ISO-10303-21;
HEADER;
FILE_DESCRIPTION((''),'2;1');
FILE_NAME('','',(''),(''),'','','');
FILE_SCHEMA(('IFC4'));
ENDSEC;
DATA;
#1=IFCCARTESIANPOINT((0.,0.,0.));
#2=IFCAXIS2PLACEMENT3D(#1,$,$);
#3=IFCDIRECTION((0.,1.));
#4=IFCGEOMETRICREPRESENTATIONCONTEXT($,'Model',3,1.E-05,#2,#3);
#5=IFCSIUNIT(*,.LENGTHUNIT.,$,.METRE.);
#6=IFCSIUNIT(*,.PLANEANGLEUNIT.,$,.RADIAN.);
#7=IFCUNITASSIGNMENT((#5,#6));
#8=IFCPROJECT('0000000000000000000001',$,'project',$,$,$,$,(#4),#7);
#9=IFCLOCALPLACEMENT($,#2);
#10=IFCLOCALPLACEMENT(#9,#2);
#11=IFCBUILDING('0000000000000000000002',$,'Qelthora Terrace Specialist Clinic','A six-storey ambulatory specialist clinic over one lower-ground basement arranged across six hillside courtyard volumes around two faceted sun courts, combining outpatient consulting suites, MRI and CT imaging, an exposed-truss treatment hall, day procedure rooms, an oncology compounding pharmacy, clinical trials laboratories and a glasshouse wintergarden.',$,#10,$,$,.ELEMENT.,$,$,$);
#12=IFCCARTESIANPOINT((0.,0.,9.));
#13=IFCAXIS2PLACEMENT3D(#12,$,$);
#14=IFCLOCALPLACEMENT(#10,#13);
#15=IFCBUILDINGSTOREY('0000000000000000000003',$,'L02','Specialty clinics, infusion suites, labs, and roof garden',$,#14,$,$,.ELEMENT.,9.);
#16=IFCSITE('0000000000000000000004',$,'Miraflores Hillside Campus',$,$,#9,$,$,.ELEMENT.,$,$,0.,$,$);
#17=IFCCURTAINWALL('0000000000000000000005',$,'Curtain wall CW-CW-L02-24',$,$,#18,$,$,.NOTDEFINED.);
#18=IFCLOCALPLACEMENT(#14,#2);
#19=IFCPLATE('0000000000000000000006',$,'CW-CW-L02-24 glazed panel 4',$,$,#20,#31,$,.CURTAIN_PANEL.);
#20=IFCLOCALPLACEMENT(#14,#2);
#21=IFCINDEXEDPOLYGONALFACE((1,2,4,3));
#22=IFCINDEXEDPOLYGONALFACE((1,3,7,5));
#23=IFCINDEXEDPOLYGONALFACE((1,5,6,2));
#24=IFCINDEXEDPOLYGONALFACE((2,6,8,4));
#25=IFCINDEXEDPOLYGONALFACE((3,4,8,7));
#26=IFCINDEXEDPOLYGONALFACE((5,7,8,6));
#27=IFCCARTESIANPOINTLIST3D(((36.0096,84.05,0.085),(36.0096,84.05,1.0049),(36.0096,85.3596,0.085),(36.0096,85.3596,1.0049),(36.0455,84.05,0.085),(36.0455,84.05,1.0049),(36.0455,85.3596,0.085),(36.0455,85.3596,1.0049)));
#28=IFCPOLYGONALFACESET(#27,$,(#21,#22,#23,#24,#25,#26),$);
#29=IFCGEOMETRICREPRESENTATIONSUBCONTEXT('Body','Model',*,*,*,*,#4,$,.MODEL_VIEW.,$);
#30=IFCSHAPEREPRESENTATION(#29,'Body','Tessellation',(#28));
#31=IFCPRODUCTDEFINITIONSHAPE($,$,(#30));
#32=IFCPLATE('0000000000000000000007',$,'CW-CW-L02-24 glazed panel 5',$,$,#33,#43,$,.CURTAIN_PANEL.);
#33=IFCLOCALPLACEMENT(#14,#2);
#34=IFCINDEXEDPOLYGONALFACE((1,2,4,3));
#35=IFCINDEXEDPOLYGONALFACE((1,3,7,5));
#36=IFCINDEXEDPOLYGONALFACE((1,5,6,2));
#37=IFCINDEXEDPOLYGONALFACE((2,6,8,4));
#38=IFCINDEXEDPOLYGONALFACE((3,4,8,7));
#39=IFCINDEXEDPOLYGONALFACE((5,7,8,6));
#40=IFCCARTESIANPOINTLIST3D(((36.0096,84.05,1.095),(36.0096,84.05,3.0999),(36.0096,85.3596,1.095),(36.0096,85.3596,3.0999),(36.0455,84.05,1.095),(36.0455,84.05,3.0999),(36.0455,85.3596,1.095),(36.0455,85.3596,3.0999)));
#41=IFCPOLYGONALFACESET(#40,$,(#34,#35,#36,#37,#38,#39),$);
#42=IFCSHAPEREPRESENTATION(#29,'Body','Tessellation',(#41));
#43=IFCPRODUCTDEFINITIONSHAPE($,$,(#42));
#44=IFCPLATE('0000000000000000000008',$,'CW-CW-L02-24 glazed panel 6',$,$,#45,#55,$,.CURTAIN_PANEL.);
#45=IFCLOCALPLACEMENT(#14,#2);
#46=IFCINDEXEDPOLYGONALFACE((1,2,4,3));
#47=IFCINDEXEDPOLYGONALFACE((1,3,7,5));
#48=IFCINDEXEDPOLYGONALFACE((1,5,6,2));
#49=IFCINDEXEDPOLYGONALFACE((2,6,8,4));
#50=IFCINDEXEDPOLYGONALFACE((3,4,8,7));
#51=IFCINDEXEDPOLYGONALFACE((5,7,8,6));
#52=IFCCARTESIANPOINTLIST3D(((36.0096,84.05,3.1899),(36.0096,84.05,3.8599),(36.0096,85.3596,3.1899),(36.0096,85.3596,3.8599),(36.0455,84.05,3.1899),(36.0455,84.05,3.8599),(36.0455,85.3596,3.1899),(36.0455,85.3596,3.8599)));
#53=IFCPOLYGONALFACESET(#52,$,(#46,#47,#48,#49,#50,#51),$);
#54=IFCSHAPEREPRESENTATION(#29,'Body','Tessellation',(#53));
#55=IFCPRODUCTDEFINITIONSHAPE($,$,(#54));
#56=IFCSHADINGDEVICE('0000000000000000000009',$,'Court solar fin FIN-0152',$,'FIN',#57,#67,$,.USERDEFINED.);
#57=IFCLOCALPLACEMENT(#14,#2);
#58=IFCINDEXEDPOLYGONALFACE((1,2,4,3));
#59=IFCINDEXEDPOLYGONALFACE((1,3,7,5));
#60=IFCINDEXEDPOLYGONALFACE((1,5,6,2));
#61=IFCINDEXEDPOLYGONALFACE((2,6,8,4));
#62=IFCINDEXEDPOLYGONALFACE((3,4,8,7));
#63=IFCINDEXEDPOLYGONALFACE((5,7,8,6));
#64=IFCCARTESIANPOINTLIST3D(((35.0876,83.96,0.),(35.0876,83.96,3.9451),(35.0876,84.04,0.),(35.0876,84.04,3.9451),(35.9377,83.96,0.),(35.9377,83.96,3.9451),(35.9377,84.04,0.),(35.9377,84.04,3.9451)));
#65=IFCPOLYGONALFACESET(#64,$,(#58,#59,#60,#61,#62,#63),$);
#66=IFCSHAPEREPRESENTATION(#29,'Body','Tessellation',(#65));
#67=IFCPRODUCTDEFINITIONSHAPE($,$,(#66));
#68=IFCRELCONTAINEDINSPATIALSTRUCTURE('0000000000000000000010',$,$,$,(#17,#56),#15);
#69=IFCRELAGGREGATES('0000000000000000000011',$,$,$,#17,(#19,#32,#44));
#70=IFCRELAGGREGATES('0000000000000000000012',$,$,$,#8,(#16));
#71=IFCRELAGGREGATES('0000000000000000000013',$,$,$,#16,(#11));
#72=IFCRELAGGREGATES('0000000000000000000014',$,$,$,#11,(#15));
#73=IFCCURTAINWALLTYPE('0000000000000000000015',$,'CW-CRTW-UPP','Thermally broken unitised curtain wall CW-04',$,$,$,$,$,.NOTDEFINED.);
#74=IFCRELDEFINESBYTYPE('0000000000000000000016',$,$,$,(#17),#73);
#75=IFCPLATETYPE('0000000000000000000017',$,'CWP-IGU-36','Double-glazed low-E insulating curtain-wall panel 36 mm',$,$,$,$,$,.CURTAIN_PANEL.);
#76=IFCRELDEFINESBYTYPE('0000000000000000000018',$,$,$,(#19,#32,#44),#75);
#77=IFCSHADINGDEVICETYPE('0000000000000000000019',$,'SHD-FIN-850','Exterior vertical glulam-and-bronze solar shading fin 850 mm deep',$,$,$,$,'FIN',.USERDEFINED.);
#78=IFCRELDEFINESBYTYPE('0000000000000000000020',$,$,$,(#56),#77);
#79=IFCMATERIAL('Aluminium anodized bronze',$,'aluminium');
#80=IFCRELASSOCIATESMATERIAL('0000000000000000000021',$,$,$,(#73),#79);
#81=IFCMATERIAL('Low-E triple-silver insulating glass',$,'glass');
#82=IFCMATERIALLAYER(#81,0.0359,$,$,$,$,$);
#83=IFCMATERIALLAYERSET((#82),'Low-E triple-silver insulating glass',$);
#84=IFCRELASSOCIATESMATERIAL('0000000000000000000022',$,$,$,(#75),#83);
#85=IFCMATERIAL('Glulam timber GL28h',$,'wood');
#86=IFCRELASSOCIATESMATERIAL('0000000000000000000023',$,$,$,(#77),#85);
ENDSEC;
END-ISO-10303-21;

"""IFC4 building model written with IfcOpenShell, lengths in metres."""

from ifc_helpers import new_model, si_unit, direction, frame, origin, origin_2d, place, context, subcontext, project, spatial, rectangle, extrude, material, layer, layer_set, type_object, element, aggregate, save


model = new_model("IFC4")

# Units and contexts
model_context = context("Model", 3, precision=1e-05, world=origin(), true_north=direction((0.0, 1.0)))
body_context = subcontext(model_context, "Body", "Model", "MODEL_VIEW")
ifc_project = project(units=[si_unit("LENGTHUNIT", "METRE"), si_unit("PLANEANGLEUNIT", "RADIAN")], contexts=[model_context])

# Site, building, storey
site_placement = place(None, origin())
site = spatial("IfcSite", under=ifc_project, at=site_placement, Name="Miraflores Hillside Campus", CompositionType="ELEMENT", RefElevation=0.0)
building_placement = place(site_placement, origin())
building = spatial("IfcBuilding", under=site, at=building_placement, Name="Qelthora Terrace Specialist Clinic", Description="A six-storey ambulatory specialist clinic over one lower-ground basement arranged across six hillside courtyard volumes around two faceted sun courts, combining outpatient consulting suites, MRI and CT imaging, an exposed-truss treatment hall, day procedure rooms, an oncology compounding pharmacy, clinical trials laboratories and a glasshouse wintergarden.", CompositionType="ELEMENT")
storey_placement = place(building_placement, frame((0.0, 0.0, 9.0)))
storey = spatial("IfcBuildingStorey", under=building, at=storey_placement, Name="L02", Description="Specialty clinics, infusion suites, labs, and roof garden", CompositionType="ELEMENT", Elevation=9.0)

# Shared definitions
ifc_material_1 = material(Name="Aluminium anodized bronze", Category="aluminium")
curtain_wall_type = type_object("IfcCurtainWallType", Name="CW-CRTW-UPP", Description="Thermally broken unitised curtain wall CW-04", PredefinedType="NOTDEFINED", material=ifc_material_1)

# Curtain wall
curtain_wall_1_placement = place(storey_placement, origin())
curtain_wall_1 = element("IfcCurtainWall", 1, at=curtain_wall_1_placement, inside=storey, type_object=curtain_wall_type, Name="Curtain wall CW-CW-L02-24", PredefinedType="NOTDEFINED")

# Plates
ifc_material_2 = material(Name="Low-E triple-silver insulating glass", Category="glass")
ifc_layer = layer(ifc_material_2, 0.0359)
ifc_layer_set = layer_set([ifc_layer], Name="Low-E triple-silver insulating glass")
plate_type = type_object("IfcPlateType", Name="CWP-IGU-36", Description="Double-glazed low-E insulating curtain-wall panel 36 mm", PredefinedType="CURTAIN_PANEL", material=ifc_layer_set)
plate_1_placement = place(storey_placement, frame((36.0276, 84.7048, 0.085), z_axis=(0.0, 0.0, 1.0), x_axis=(0.0, 1.0, 0.0)))
plate_1 = element("IfcPlate", 2, at=plate_1_placement, type_object=plate_type, Name="CW-CW-L02-24 glazed panel 4", PredefinedType="CURTAIN_PANEL", context=body_context, shape_type="SweptSolid", body=[
    extrude(rectangle(XDim=1.3096, YDim=0.0359, at=origin_2d()), origin(), (0.0, 0.0, 1.0), 0.9199),
])
plate_2_placement = place(storey_placement, frame((36.0276, 84.7048, 1.095), z_axis=(0.0, 0.0, 1.0), x_axis=(0.0, 1.0, 0.0)))
plate_2 = element("IfcPlate", 3, at=plate_2_placement, type_object=plate_type, Name="CW-CW-L02-24 glazed panel 5", PredefinedType="CURTAIN_PANEL", context=body_context, shape_type="SweptSolid", body=[
    extrude(rectangle(XDim=1.3096, YDim=0.0359, at=origin_2d()), origin(), (0.0, 0.0, 1.0), 2.0049),
])
plate_3_placement = place(storey_placement, frame((36.0276, 84.7048, 3.1899), z_axis=(0.0, 0.0, 1.0), x_axis=(0.0, 1.0, 0.0)))
plate_3 = element("IfcPlate", 4, at=plate_3_placement, type_object=plate_type, Name="CW-CW-L02-24 glazed panel 6", PredefinedType="CURTAIN_PANEL", context=body_context, shape_type="SweptSolid", body=[
    extrude(rectangle(XDim=1.3096, YDim=0.0359, at=origin_2d()), origin(), (0.0, 0.0, 1.0), 0.6699),
])
aggregate(curtain_wall_1, [plate_1, plate_2, plate_3])

# Shading device
ifc_material_3 = material(Name="Glulam timber GL28h", Category="wood")
shading_device_type = type_object("IfcShadingDeviceType", Name="SHD-FIN-850", Description="Exterior vertical glulam-and-bronze solar shading fin 850 mm deep", ElementType="FIN", PredefinedType="USERDEFINED", material=ifc_material_3)
shading_device_placement = place(storey_placement, frame((35.5127, 84.0, 0.0), z_axis=(0.0, 0.0, 1.0), x_axis=(-1.0, 0.0, 0.0)))
element("IfcShadingDevice", 5, at=shading_device_placement, inside=storey, type_object=shading_device_type, Name="Court solar fin FIN-0152", ObjectType="FIN", PredefinedType="USERDEFINED", context=body_context, shape_type="SweptSolid", body=[
    extrude(rectangle(XDim=0.8501, YDim=0.0801, at=origin_2d()), origin(), (0.0, 0.0, 1.0), 3.9451),
])

save(model, "model.ifc")
